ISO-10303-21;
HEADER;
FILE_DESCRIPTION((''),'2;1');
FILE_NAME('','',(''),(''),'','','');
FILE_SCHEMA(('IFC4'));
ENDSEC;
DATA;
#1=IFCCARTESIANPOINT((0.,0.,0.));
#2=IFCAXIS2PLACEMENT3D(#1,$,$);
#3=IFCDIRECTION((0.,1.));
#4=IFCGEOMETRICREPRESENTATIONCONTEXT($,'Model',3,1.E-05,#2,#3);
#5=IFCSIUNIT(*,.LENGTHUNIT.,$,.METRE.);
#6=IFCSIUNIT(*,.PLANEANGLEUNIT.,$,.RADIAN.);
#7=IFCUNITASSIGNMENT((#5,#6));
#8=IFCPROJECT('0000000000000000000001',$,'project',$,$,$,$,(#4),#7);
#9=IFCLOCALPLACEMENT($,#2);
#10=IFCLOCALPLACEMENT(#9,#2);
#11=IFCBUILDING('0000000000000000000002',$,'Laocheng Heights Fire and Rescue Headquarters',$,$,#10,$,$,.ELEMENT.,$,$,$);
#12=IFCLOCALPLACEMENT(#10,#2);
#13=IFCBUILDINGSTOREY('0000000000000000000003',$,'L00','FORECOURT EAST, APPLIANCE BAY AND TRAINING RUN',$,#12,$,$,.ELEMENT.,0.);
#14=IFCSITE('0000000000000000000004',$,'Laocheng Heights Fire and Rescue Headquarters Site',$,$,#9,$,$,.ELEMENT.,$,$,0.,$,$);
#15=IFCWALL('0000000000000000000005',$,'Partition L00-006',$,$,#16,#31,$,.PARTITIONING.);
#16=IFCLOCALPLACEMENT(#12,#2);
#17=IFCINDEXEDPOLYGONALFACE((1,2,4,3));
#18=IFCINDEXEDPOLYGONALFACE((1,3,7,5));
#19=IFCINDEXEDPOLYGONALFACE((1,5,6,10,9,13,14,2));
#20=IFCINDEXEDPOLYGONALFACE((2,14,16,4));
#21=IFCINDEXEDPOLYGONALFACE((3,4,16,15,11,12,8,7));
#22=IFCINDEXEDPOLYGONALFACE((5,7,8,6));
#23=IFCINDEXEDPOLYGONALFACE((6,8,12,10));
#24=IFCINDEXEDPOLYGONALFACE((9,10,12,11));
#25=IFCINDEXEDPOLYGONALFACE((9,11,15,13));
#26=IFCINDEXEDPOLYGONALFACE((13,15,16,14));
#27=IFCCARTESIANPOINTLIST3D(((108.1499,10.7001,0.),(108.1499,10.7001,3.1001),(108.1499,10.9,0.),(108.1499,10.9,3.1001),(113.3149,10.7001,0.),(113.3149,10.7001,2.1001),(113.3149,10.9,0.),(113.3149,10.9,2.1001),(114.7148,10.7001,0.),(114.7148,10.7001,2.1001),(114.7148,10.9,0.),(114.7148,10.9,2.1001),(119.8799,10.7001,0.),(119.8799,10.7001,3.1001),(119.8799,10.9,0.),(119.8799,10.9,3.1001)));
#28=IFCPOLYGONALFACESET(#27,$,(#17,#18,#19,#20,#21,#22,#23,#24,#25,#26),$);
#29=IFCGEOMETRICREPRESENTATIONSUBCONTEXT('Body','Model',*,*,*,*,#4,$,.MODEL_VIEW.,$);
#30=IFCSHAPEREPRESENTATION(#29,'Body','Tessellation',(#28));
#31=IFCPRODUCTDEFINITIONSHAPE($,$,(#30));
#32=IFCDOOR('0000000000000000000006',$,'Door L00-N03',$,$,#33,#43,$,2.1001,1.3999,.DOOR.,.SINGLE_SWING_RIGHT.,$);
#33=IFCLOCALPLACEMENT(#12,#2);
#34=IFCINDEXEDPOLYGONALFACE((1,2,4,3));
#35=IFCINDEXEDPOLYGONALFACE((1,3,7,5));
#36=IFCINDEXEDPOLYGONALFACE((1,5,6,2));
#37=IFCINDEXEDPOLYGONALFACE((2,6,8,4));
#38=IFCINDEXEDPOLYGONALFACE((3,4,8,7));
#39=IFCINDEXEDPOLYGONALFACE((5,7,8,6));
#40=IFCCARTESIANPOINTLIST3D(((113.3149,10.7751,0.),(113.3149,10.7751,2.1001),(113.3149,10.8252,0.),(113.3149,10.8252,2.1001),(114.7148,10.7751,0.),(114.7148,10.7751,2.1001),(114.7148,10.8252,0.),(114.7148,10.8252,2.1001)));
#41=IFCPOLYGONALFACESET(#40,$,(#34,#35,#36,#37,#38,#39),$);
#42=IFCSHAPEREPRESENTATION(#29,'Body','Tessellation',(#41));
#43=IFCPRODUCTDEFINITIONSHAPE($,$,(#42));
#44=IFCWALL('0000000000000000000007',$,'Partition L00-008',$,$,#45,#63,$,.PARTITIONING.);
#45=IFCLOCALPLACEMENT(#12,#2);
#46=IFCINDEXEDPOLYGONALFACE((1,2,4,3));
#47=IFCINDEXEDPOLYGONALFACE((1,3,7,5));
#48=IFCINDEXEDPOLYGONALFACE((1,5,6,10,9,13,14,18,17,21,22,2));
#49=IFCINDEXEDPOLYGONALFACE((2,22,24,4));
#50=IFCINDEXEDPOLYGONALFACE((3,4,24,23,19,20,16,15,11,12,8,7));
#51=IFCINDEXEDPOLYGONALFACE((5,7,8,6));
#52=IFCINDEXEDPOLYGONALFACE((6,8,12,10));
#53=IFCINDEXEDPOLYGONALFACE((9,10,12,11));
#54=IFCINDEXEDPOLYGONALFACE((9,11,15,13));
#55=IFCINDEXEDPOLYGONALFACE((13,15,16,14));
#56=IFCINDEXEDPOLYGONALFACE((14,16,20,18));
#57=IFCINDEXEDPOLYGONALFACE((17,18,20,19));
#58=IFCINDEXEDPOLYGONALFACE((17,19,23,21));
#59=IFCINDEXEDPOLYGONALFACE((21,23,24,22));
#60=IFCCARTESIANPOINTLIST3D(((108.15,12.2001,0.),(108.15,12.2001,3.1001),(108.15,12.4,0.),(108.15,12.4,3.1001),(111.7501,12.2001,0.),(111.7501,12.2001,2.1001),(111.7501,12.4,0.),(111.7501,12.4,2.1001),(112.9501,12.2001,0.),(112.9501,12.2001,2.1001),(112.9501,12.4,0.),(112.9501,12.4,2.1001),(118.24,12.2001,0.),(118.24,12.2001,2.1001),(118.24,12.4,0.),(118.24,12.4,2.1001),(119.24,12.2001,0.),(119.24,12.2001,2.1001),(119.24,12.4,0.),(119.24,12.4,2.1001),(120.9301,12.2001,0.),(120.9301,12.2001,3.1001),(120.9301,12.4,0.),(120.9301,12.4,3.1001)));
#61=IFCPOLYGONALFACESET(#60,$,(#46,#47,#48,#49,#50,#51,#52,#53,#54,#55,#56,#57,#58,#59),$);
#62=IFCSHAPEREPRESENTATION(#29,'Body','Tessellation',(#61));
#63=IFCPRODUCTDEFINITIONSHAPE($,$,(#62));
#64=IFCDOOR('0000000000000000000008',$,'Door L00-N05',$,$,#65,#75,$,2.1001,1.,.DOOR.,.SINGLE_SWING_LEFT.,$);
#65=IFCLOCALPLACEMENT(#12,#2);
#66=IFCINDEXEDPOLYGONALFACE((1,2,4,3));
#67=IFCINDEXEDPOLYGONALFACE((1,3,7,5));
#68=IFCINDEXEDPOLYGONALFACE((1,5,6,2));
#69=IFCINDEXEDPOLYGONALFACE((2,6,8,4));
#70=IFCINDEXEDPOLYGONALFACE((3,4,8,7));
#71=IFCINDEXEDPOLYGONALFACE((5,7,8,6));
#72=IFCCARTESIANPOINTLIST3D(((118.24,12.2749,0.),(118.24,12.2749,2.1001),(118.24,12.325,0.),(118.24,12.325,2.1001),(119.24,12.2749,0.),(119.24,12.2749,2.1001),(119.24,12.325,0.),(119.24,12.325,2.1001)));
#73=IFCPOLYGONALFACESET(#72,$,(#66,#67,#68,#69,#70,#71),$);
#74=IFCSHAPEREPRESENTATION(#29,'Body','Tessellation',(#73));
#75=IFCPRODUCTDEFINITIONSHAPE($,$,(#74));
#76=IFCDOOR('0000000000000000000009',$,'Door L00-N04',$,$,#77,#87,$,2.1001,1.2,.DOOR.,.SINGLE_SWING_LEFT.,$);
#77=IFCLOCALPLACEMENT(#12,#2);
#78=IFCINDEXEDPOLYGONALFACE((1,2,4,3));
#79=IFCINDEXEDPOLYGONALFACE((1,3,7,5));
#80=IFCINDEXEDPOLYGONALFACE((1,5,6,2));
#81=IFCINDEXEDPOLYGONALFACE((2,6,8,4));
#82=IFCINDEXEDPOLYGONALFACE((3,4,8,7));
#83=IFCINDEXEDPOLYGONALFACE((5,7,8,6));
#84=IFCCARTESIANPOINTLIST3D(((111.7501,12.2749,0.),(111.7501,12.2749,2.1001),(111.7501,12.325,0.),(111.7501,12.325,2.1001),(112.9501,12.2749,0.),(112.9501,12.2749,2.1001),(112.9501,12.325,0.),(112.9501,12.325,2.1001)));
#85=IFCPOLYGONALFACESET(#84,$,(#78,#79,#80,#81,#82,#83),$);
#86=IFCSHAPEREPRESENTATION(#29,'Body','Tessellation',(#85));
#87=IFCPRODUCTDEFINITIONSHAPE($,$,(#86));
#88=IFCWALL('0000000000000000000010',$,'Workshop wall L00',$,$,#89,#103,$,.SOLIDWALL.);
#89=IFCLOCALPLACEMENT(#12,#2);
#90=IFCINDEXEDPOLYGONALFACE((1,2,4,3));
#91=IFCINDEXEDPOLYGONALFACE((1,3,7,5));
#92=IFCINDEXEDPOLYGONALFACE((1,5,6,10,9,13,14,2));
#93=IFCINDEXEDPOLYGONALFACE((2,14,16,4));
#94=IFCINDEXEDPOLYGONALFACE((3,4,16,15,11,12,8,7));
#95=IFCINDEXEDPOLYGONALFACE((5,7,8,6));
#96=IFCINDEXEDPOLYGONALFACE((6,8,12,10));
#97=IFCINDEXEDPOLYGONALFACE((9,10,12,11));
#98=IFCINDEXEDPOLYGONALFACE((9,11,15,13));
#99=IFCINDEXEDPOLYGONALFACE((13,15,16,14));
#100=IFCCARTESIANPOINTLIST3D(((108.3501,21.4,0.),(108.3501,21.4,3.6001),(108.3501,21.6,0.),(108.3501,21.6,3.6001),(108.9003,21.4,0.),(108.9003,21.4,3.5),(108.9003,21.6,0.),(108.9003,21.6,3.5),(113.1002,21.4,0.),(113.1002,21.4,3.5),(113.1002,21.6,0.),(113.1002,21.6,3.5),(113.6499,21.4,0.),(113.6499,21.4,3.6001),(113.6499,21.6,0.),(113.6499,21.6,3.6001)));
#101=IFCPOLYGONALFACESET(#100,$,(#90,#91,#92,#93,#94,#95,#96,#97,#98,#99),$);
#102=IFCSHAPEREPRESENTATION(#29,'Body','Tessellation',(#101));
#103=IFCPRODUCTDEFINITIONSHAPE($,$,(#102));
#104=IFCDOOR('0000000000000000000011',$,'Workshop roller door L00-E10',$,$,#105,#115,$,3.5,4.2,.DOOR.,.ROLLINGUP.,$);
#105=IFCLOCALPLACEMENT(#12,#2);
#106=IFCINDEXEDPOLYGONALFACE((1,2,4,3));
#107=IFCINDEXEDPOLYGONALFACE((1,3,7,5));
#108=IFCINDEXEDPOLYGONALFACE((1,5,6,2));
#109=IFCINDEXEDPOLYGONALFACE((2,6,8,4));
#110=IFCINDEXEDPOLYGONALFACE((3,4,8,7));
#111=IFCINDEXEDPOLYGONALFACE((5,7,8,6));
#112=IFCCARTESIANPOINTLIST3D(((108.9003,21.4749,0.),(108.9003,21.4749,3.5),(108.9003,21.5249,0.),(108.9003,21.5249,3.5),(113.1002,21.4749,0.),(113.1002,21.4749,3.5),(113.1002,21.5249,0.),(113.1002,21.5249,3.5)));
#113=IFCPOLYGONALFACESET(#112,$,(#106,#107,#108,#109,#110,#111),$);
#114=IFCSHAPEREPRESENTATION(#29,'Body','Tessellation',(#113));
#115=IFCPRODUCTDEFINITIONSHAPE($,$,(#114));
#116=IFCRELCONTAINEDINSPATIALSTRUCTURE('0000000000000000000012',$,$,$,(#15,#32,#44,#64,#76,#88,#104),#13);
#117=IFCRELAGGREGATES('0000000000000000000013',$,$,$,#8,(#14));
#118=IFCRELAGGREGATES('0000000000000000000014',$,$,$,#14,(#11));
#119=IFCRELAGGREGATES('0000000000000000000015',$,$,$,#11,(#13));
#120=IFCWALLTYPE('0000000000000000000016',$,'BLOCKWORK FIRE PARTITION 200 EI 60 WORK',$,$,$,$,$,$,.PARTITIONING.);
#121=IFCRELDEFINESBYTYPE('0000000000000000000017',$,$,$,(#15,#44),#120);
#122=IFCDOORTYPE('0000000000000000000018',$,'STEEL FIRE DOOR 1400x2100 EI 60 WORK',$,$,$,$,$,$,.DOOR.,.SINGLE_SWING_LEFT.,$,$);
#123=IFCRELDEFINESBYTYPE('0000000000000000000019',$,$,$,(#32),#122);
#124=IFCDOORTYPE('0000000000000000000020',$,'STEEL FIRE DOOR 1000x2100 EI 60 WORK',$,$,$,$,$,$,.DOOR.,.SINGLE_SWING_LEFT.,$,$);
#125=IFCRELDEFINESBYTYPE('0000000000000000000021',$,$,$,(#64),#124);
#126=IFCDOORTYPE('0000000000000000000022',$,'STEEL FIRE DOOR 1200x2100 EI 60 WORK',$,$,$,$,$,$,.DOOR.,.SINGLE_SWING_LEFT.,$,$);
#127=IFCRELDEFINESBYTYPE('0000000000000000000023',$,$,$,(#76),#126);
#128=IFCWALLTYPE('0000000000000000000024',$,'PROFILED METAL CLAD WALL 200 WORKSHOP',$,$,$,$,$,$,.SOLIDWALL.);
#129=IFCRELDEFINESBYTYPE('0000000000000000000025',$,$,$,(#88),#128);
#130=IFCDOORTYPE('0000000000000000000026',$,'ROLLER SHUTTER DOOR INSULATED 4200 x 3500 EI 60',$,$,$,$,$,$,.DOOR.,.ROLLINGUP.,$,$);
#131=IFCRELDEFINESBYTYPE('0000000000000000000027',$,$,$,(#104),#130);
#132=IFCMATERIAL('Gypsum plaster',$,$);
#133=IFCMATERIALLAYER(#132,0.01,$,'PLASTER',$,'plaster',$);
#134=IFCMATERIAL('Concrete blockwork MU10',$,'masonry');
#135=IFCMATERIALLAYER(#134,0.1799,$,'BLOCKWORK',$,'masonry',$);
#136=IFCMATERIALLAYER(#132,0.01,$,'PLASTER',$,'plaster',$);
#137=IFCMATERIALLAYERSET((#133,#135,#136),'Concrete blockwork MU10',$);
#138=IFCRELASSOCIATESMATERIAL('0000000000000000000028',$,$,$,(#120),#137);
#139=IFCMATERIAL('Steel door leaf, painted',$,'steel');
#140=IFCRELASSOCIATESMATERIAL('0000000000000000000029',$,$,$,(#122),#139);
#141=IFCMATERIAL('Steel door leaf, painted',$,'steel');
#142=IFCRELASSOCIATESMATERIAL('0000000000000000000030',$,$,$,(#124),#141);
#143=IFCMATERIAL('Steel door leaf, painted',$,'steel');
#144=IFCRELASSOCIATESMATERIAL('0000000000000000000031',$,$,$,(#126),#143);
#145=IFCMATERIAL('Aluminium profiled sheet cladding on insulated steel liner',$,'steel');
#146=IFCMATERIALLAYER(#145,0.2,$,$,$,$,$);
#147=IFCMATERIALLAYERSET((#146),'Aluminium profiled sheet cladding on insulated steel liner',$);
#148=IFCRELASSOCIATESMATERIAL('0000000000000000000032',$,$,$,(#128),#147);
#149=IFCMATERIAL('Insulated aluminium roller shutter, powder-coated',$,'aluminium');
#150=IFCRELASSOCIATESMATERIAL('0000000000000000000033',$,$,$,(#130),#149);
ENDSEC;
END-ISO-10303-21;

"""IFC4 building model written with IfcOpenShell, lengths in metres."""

from ifc_helpers import new_model, si_unit, direction, frame, frame_2d, origin, place, context, subcontext, project, spatial, rectangle, extrude, material, layer, layer_set, type_object, element, fill, save


model = new_model("IFC4")

# Units and contexts
model_context = context("Model", 3, precision=1e-05, world=origin(), true_north=direction((0.0, 1.0)))
body_context = subcontext(model_context, "Body", "Model", "MODEL_VIEW")
ifc_project = project(units=[si_unit("LENGTHUNIT", "METRE"), si_unit("PLANEANGLEUNIT", "RADIAN")], contexts=[model_context])

# Site, building, storey
site_placement = place(None, origin())
site = spatial("IfcSite", under=ifc_project, at=site_placement, Name="Laocheng Heights Fire and Rescue Headquarters Site", CompositionType="ELEMENT", RefElevation=0.0)
building_placement = place(site_placement, origin())
building = spatial("IfcBuilding", under=site, at=building_placement, Name="Laocheng Heights Fire and Rescue Headquarters", CompositionType="ELEMENT")
storey_placement = place(building_placement, origin())
storey = spatial("IfcBuildingStorey", under=building, at=storey_placement, Name="L00", Description="FORECOURT EAST, APPLIANCE BAY AND TRAINING RUN", CompositionType="ELEMENT", Elevation=0.0)

# Wall, opening, door
ifc_material_1 = material(Name="Gypsum plaster")
ifc_layer_1 = layer(ifc_material_1, 0.01, Name="PLASTER", Category="plaster")
ifc_material_2 = material(Name="Concrete blockwork MU10", Category="masonry")
ifc_layer_2 = layer(ifc_material_2, 0.1799, Name="BLOCKWORK", Category="masonry")
ifc_layer_3 = layer(ifc_material_1, 0.01, Name="PLASTER", Category="plaster")
ifc_layer_set_1 = layer_set([ifc_layer_1, ifc_layer_2, ifc_layer_3], Name="Concrete blockwork MU10")
wall_type_1 = type_object("IfcWallType", Name="BLOCKWORK FIRE PARTITION 200 EI 60 WORK", PredefinedType="PARTITIONING", material=ifc_layer_set_1)
wall_1_placement = place(storey_placement, frame((108.1499, 10.8, 0.0), z_axis=(0.0, 0.0, 1.0), x_axis=(1.0, 0.0, 0.0)))
wall_1 = element("IfcWall", 1, at=wall_1_placement, inside=storey, type_object=wall_type_1, Name="Partition L00-006", PredefinedType="PARTITIONING", context=body_context, shape_type="SweptSolid", body=[
    extrude(rectangle(XDim=11.73, YDim=0.2, at=frame_2d((5.865, 0.0))), origin(), (0.0, 0.0, 1.0), 3.1001),
])
opening_1_placement = place(wall_1_placement, frame((5.165, 0.0, 0.0)))
opening_1 = element("IfcOpeningElement", 2, at=opening_1_placement, cuts=wall_1, PredefinedType="OPENING", context=body_context, shape_type="SweptSolid", body=[
    extrude(rectangle(XDim=1.3999, YDim=2.1001, at=frame_2d((0.7, 1.05))), frame((0.0, 0.1099, 0.0), z_axis=(0.0, -1.0, 0.0), x_axis=(1.0, 0.0, 0.0)), (0.0, 0.0, 1.0), 0.22),
])
ifc_material_3 = material(Name="Steel door leaf, painted", Category="steel")
door_type_1 = type_object("IfcDoorType", Name="STEEL FIRE DOOR 1400x2100 EI 60 WORK", OperationType="SINGLE_SWING_LEFT", PredefinedType="DOOR", material=ifc_material_3)
door_1_placement = place(opening_1_placement, frame((1.3999, 0.0, 0.0), z_axis=(0.0, 0.0, 1.0), x_axis=(-1.0, 0.0, 0.0)))
door_1 = element("IfcDoor", 3, at=door_1_placement, inside=storey, type_object=door_type_1, Name="Door L00-N03", OperationType="SINGLE_SWING_RIGHT", OverallHeight=2.1001, OverallWidth=1.3999, PredefinedType="DOOR", context=body_context, shape_type="SweptSolid", body=[
    extrude(rectangle(XDim=1.3999, YDim=2.1001, at=frame_2d((0.7, 1.05))), frame((0.0, 0.0249, 0.0), z_axis=(0.0, -1.0, 0.0), x_axis=(1.0, 0.0, 0.0)), (0.0, 0.0, 1.0), 0.05),
])
fill(opening_1, door_1)

# Wall, openings, doors
wall_2_placement = place(storey_placement, frame((108.1499, 12.3, 0.0), z_axis=(0.0, 0.0, 1.0), x_axis=(1.0, 0.0, 0.0)))
wall_2 = element("IfcWall", 4, at=wall_2_placement, inside=storey, type_object=wall_type_1, Name="Partition L00-008", PredefinedType="PARTITIONING", context=body_context, shape_type="SweptSolid", body=[
    extrude(rectangle(XDim=12.78, YDim=0.2, at=frame_2d((6.3901, 0.0))), origin(), (0.0, 0.0, 1.0), 3.1001),
])
opening_2_placement = place(wall_2_placement, frame((3.6001, 0.0, 0.0)))
opening_2 = element("IfcOpeningElement", 5, at=opening_2_placement, cuts=wall_2, PredefinedType="OPENING", context=body_context, shape_type="SweptSolid", body=[
    extrude(rectangle(XDim=1.2, YDim=2.1001, at=frame_2d((0.6001, 1.05))), frame((0.0, 0.1099, 0.0), z_axis=(0.0, -1.0, 0.0), x_axis=(1.0, 0.0, 0.0)), (0.0, 0.0, 1.0), 0.22),
])
opening_3_placement = place(wall_2_placement, frame((10.0901, 0.0, 0.0)))
opening_3 = element("IfcOpeningElement", 6, at=opening_3_placement, cuts=wall_2, PredefinedType="OPENING", context=body_context, shape_type="SweptSolid", body=[
    extrude(rectangle(XDim=1.0, YDim=2.1001, at=frame_2d((0.5, 1.05))), frame((0.0, 0.1099, 0.0), z_axis=(0.0, -1.0, 0.0), x_axis=(1.0, 0.0, 0.0)), (0.0, 0.0, 1.0), 0.22),
])
ifc_material_4 = material(Name="Steel door leaf, painted", Category="steel")
door_type_2 = type_object("IfcDoorType", Name="STEEL FIRE DOOR 1000x2100 EI 60 WORK", OperationType="SINGLE_SWING_LEFT", PredefinedType="DOOR", material=ifc_material_4)
door_2_placement = place(opening_3_placement, origin())
door_2 = element("IfcDoor", 7, at=door_2_placement, inside=storey, type_object=door_type_2, Name="Door L00-N05", OperationType="SINGLE_SWING_LEFT", OverallHeight=2.1001, OverallWidth=1.0, PredefinedType="DOOR", context=body_context, shape_type="SweptSolid", body=[
    extrude(rectangle(XDim=1.0, YDim=2.1001, at=frame_2d((0.5, 1.05))), frame((0.0, 0.0249, 0.0), z_axis=(0.0, -1.0, 0.0), x_axis=(1.0, 0.0, 0.0)), (0.0, 0.0, 1.0), 0.05),
])
fill(opening_3, door_2)
ifc_material_5 = material(Name="Steel door leaf, painted", Category="steel")
door_type_3 = type_object("IfcDoorType", Name="STEEL FIRE DOOR 1200x2100 EI 60 WORK", OperationType="SINGLE_SWING_LEFT", PredefinedType="DOOR", material=ifc_material_5)
door_3_placement = place(opening_2_placement, origin())
door_3 = element("IfcDoor", 8, at=door_3_placement, inside=storey, type_object=door_type_3, Name="Door L00-N04", OperationType="SINGLE_SWING_LEFT", OverallHeight=2.1001, OverallWidth=1.2, PredefinedType="DOOR", context=body_context, shape_type="SweptSolid", body=[
    extrude(rectangle(XDim=1.2, YDim=2.1001, at=frame_2d((0.6001, 1.05))), frame((0.0, 0.0249, 0.0), z_axis=(0.0, -1.0, 0.0), x_axis=(1.0, 0.0, 0.0)), (0.0, 0.0, 1.0), 0.05),
])
fill(opening_2, door_3)

# Wall, opening, door
ifc_material_6 = material(Name="Aluminium profiled sheet cladding on insulated steel liner", Category="steel")
ifc_layer_4 = layer(ifc_material_6, 0.2)
ifc_layer_set_2 = layer_set([ifc_layer_4], Name="Aluminium profiled sheet cladding on insulated steel liner")
wall_type_2 = type_object("IfcWallType", Name="PROFILED METAL CLAD WALL 200 WORKSHOP", PredefinedType="SOLIDWALL", material=ifc_layer_set_2)
wall_3_placement = place(storey_placement, frame((108.3501, 21.5, 0.0), z_axis=(0.0, 0.0, 1.0), x_axis=(1.0, 0.0, 0.0)))
wall_3 = element("IfcWall", 9, at=wall_3_placement, inside=storey, type_object=wall_type_2, Name="Workshop wall L00", PredefinedType="SOLIDWALL", context=body_context, shape_type="SweptSolid", body=[
    extrude(rectangle(XDim=5.2998, YDim=0.2, at=frame_2d((2.6499, 0.0))), origin(), (0.0, 0.0, 1.0), 3.6001),
])
opening_4_placement = place(wall_3_placement, frame((0.55, 0.0, 0.0)))
opening_4 = element("IfcOpeningElement", 10, at=opening_4_placement, cuts=wall_3, PredefinedType="OPENING", context=body_context, shape_type="SweptSolid", body=[
    extrude(rectangle(XDim=4.2, YDim=3.5, at=frame_2d((2.1001, 1.75))), frame((0.0, 0.1099, 0.0), z_axis=(0.0, -1.0, 0.0), x_axis=(1.0, 0.0, 0.0)), (0.0, 0.0, 1.0), 0.22),
])
ifc_material_7 = material(Name="Insulated aluminium roller shutter, powder-coated", Category="aluminium")
door_type_4 = type_object("IfcDoorType", Name="ROLLER SHUTTER DOOR INSULATED 4200 x 3500 EI 60", OperationType="ROLLINGUP", PredefinedType="DOOR", material=ifc_material_7)
door_4_placement = place(opening_4_placement, origin())
door_4 = element("IfcDoor", 11, at=door_4_placement, inside=storey, type_object=door_type_4, Name="Workshop roller door L00-E10", OperationType="ROLLINGUP", OverallHeight=3.5, OverallWidth=4.2, PredefinedType="DOOR", context=body_context, shape_type="SweptSolid", body=[
    extrude(rectangle(XDim=4.2, YDim=3.5, at=frame_2d((2.1001, 1.75))), frame((0.0, 0.0249, 0.0), z_axis=(0.0, -1.0, 0.0), x_axis=(1.0, 0.0, 0.0)), (0.0, 0.0, 1.0), 0.05),
])
fill(opening_4, door_4)

save(model, "model.ifc")
